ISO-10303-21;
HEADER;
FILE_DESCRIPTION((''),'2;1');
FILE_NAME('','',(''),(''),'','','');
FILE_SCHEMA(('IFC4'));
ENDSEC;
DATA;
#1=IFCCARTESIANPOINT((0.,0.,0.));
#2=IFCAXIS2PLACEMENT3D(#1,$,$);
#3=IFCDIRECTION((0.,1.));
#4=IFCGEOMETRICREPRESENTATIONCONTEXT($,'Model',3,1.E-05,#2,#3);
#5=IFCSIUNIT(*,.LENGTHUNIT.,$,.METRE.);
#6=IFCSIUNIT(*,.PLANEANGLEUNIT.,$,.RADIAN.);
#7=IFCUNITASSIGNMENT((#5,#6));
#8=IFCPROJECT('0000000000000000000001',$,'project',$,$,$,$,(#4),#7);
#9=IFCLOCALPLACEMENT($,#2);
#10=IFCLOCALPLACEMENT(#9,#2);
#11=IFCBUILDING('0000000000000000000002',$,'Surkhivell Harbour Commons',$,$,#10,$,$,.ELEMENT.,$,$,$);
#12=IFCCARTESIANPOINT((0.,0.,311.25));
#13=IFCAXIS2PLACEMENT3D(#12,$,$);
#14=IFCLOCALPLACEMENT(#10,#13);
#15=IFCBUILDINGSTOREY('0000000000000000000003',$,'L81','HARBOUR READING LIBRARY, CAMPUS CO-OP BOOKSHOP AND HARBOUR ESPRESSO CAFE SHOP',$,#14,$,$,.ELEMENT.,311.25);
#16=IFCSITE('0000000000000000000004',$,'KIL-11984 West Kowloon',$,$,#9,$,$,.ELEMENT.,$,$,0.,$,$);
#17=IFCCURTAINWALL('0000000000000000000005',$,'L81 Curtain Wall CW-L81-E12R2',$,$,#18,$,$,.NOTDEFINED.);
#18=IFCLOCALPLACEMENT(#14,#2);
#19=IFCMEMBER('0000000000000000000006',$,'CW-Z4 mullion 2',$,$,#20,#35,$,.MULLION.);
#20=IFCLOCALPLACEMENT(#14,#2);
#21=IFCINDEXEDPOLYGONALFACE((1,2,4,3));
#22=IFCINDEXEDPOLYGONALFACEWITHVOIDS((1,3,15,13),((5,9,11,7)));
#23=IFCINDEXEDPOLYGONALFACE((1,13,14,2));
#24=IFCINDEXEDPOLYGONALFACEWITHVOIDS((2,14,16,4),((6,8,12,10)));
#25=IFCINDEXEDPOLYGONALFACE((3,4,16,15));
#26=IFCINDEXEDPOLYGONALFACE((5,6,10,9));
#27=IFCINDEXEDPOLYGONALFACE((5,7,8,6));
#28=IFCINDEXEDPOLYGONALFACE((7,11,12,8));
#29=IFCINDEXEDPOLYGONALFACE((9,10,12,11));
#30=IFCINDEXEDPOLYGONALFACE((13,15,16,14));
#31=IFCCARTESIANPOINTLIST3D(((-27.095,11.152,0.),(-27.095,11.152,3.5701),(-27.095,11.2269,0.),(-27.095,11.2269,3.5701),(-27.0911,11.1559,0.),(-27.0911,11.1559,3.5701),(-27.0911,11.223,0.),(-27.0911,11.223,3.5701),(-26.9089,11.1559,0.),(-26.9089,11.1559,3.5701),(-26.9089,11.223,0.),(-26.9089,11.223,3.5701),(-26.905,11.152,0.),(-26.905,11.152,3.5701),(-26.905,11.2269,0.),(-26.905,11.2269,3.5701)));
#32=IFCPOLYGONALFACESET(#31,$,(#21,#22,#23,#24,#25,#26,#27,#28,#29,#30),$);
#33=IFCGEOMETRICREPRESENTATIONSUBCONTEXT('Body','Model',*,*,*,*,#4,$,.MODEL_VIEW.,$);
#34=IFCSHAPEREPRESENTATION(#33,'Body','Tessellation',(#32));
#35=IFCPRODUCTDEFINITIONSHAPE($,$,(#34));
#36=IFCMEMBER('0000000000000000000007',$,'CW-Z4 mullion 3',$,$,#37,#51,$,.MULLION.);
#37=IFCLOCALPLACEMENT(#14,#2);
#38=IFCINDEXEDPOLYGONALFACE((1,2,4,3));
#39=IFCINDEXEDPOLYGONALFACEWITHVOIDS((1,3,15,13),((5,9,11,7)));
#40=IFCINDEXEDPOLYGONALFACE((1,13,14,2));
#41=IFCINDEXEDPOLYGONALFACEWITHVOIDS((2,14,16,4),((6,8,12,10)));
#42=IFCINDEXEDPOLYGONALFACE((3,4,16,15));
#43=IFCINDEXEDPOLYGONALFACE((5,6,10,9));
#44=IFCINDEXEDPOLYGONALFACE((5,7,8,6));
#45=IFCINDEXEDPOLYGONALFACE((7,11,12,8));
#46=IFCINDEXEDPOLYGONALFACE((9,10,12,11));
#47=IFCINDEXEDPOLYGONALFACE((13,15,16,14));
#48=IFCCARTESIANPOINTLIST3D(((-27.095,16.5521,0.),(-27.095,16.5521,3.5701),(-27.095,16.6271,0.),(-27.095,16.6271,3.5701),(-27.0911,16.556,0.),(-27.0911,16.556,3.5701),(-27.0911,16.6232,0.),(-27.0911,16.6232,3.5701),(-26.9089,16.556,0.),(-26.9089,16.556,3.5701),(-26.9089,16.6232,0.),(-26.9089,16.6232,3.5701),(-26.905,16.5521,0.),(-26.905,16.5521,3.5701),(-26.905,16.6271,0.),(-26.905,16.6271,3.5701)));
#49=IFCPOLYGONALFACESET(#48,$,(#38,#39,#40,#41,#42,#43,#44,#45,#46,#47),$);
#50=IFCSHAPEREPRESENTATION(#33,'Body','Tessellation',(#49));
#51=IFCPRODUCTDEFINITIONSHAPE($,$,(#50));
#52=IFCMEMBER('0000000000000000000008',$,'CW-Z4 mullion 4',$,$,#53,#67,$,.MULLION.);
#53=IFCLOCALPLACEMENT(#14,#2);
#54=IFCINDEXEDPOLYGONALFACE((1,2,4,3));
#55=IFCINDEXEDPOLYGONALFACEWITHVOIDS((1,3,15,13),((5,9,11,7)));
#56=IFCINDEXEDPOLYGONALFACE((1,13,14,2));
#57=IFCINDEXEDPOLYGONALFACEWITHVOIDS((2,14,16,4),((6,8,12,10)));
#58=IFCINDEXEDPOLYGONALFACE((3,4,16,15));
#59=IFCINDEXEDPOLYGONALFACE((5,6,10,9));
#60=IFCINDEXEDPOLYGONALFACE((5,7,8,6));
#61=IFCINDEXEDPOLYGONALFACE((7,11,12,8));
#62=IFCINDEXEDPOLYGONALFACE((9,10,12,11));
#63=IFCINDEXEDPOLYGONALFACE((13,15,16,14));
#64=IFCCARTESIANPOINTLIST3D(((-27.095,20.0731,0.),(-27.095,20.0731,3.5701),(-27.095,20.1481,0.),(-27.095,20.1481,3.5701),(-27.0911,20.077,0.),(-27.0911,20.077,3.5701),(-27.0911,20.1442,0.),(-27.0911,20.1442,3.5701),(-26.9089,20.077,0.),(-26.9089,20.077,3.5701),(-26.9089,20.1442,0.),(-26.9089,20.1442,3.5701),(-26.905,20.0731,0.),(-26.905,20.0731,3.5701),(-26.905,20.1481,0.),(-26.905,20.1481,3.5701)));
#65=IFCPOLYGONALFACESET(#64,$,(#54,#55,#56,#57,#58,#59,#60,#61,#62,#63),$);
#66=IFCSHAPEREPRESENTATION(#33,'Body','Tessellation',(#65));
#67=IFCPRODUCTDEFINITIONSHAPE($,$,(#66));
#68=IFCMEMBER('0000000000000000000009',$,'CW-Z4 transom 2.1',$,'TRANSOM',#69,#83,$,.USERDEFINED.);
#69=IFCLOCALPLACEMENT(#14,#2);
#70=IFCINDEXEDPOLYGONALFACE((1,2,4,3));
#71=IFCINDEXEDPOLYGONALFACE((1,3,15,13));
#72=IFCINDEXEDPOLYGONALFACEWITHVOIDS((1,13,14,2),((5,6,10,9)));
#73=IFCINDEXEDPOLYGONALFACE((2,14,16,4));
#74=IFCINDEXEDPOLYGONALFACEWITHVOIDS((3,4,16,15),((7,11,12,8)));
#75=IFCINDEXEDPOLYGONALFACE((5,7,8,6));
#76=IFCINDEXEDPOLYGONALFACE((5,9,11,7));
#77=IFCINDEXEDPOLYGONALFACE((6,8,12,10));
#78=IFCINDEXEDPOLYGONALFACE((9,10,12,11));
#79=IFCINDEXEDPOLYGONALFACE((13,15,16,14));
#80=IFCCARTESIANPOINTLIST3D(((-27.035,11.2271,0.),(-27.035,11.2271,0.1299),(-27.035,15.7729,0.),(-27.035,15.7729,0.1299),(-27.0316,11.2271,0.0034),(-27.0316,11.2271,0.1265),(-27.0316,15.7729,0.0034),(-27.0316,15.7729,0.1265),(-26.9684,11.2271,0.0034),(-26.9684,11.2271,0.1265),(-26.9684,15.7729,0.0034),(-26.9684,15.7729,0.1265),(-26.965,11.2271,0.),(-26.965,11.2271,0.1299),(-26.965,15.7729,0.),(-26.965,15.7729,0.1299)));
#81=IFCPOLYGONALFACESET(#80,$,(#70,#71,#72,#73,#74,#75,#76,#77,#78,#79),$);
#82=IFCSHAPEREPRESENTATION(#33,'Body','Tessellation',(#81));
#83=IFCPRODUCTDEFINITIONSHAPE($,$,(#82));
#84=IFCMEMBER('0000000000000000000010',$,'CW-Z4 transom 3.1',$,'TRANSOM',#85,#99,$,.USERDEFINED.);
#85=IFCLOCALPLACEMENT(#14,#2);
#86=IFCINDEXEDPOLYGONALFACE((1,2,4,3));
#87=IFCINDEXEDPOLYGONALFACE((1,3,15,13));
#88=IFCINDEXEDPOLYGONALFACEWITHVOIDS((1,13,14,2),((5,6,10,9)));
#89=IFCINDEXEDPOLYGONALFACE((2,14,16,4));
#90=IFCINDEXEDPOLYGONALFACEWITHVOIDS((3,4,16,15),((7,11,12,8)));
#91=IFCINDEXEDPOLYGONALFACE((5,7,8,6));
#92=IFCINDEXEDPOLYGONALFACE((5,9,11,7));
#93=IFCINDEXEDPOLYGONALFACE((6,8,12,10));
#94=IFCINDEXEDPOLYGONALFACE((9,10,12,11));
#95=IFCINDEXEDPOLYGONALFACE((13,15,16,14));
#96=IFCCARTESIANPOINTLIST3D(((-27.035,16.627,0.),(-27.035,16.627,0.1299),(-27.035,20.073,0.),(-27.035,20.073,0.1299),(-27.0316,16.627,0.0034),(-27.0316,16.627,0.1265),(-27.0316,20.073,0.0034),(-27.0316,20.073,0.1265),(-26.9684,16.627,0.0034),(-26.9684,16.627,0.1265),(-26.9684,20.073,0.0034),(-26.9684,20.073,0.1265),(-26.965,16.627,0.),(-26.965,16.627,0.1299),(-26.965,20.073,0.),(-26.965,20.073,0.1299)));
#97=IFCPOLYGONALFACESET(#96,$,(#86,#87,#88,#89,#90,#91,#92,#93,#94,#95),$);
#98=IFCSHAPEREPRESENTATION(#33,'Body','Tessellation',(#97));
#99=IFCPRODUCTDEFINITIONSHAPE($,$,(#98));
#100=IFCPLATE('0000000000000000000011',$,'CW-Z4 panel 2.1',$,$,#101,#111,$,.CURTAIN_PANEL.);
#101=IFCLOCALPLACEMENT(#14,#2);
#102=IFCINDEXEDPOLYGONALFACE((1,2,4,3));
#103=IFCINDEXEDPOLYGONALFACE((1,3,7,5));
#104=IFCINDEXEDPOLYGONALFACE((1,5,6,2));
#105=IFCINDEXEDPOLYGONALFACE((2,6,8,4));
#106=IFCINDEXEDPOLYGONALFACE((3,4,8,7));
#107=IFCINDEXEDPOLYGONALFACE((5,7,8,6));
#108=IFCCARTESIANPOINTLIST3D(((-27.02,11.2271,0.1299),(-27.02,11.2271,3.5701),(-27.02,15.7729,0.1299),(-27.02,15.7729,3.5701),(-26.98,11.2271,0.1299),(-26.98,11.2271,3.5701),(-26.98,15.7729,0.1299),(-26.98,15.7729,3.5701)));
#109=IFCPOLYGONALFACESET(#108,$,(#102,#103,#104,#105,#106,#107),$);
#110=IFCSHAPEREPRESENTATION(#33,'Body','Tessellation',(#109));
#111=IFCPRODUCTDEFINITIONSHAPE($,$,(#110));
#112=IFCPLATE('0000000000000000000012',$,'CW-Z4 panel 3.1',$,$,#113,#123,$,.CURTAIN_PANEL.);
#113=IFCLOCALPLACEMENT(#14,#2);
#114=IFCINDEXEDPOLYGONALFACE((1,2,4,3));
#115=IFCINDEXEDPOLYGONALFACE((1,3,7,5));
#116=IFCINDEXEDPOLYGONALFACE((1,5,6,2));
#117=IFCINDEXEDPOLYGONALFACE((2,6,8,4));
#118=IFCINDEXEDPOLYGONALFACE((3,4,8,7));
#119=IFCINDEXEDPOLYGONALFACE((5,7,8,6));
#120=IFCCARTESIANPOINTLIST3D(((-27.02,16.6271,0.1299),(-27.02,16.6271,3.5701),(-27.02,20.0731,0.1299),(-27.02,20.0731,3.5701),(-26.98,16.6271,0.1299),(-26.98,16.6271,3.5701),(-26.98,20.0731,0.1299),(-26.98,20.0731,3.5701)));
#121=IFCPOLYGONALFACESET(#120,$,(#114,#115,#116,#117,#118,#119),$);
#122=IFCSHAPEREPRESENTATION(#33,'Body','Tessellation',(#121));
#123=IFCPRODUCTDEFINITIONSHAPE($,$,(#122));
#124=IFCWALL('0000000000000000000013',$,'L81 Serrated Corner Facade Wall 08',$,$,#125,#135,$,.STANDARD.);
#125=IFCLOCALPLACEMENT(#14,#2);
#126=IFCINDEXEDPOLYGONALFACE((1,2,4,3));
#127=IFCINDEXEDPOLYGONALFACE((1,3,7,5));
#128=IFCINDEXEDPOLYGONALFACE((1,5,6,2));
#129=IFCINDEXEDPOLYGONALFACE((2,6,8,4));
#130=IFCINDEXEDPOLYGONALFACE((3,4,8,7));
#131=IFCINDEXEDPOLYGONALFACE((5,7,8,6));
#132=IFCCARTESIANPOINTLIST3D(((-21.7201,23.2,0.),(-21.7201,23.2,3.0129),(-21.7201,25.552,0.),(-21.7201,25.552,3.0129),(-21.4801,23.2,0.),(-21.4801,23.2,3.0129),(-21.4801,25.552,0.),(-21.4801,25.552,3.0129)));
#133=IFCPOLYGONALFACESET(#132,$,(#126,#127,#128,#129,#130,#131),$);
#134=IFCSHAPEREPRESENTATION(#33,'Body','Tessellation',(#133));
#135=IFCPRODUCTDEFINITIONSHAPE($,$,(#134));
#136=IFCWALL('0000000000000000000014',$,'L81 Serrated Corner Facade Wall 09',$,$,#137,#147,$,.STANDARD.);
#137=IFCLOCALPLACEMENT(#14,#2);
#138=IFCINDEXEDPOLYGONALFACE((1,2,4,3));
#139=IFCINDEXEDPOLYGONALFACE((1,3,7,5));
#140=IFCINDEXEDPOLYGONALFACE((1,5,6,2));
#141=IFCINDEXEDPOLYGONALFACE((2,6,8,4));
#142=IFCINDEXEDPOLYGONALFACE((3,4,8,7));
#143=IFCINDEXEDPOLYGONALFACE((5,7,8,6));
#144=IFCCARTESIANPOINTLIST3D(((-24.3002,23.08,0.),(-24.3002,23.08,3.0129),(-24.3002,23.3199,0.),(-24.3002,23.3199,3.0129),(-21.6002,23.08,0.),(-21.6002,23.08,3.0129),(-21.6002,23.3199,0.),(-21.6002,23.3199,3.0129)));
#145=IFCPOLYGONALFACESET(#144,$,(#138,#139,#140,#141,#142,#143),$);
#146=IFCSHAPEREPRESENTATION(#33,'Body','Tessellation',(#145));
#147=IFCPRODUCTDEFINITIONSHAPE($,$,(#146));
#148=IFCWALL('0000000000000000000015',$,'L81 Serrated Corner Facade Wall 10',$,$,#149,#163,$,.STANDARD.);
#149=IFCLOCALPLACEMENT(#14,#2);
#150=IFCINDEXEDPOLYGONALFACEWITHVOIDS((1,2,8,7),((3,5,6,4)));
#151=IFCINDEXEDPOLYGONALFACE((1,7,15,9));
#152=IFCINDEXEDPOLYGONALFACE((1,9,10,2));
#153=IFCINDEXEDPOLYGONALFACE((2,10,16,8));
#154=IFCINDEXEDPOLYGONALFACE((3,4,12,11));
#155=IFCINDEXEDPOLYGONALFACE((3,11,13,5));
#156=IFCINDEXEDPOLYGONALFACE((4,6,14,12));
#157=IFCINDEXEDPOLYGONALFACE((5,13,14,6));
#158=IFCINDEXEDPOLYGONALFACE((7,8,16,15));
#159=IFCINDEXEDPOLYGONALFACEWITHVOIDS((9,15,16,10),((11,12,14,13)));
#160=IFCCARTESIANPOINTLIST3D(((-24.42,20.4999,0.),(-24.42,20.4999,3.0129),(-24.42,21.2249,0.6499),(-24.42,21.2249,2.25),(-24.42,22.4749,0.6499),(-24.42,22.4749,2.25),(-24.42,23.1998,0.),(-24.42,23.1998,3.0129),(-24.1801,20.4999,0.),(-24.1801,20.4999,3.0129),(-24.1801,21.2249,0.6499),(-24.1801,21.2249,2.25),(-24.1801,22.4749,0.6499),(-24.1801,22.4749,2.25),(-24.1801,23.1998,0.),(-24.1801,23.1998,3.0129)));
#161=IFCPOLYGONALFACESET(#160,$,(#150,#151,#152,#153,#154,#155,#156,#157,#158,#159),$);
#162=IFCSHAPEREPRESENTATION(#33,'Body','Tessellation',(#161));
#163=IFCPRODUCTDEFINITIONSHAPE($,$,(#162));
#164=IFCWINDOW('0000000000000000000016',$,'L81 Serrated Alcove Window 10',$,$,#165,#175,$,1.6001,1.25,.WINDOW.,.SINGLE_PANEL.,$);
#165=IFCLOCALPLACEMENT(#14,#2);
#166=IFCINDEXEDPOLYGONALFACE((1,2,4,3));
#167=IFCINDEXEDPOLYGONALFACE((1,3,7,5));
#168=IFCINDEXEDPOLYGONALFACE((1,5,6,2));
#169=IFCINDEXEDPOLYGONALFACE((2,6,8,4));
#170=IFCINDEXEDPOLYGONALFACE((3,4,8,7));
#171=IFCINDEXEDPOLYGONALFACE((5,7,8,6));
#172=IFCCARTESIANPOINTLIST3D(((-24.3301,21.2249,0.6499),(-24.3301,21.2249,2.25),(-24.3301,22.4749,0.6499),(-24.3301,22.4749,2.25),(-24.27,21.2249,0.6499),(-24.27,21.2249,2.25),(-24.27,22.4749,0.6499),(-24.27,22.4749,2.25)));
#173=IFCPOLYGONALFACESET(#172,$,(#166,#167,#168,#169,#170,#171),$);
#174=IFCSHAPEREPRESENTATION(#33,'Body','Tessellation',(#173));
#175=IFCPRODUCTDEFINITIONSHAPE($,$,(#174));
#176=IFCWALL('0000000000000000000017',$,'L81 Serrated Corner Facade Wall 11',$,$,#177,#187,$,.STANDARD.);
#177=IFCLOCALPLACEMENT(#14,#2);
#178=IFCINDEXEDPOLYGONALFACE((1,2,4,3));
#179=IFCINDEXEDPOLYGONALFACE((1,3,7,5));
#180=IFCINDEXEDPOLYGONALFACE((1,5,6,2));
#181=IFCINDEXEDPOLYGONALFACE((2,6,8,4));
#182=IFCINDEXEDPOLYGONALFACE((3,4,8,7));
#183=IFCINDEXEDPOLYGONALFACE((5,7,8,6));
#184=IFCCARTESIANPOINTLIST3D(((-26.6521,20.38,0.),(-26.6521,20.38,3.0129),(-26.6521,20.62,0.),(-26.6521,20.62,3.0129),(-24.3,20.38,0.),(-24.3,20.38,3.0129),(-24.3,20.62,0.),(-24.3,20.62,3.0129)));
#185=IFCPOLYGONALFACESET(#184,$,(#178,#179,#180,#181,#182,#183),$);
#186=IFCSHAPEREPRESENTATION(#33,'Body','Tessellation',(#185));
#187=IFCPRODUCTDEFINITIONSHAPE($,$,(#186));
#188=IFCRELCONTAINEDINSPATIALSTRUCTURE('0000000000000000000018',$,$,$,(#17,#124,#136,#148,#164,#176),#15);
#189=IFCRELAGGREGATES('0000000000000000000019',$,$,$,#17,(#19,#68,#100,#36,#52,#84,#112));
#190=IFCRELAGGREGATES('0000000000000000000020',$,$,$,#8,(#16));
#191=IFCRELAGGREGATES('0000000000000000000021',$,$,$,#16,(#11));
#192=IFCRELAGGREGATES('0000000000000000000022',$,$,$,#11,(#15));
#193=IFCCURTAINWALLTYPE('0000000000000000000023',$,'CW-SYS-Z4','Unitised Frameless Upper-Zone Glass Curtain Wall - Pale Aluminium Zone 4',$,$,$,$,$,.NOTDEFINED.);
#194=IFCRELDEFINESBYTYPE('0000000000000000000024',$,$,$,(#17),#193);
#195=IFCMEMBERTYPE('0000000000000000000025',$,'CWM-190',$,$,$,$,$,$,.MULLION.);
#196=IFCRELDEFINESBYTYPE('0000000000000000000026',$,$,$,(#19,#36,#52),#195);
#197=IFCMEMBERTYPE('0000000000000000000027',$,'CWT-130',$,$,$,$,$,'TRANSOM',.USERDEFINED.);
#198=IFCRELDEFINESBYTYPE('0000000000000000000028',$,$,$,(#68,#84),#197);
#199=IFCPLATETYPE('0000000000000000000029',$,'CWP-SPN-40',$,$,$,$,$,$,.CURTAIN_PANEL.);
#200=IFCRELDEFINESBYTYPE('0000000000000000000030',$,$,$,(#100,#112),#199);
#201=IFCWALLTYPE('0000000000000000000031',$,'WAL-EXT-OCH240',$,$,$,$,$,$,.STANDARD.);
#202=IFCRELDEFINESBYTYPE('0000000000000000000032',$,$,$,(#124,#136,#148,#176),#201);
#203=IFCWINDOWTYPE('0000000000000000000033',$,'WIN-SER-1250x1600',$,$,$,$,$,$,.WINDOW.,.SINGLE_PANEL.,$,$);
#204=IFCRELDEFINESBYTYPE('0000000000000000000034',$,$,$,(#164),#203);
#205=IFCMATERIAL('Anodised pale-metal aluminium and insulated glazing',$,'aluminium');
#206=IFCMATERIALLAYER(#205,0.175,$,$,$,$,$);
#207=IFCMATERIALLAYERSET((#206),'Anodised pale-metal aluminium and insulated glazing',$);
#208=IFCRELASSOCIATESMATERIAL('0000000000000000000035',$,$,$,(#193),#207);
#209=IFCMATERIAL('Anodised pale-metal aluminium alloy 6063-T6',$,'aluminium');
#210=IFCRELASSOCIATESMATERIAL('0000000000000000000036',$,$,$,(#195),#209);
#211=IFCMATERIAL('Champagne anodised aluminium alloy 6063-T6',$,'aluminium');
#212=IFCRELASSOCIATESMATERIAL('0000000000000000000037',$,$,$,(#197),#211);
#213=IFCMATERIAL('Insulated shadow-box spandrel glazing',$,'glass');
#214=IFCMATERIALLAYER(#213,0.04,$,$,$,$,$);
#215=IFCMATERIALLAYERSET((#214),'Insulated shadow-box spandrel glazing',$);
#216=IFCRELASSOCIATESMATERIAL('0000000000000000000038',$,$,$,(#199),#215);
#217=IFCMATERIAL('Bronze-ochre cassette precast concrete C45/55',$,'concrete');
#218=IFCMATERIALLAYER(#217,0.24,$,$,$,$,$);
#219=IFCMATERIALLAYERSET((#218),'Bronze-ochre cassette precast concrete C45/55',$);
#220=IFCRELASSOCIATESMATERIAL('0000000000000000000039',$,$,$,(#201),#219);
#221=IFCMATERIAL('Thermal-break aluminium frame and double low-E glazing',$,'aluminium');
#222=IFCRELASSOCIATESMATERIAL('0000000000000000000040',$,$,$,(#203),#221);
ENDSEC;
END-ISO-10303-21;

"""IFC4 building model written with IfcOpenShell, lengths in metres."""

from ifc_helpers import new_model, si_unit, direction, frame, frame_2d, origin, origin_2d, place, context, subcontext, project, spatial, rectangle, hollow_rectangle, extrude, material, layer, layer_set, material_profile, profile_set, type_object, element, fill, aggregate, save


model = new_model("IFC4")

# Units and contexts
model_context = context("Model", 3, precision=1e-05, world=origin(), true_north=direction((0.0, 1.0)))
body_context = subcontext(model_context, "Body", "Model", "MODEL_VIEW")
ifc_project = project(units=[si_unit("LENGTHUNIT", "METRE"), si_unit("PLANEANGLEUNIT", "RADIAN")], contexts=[model_context])

# Site, building, storey
site_placement = place(None, origin())
site = spatial("IfcSite", under=ifc_project, at=site_placement, Name="KIL-11984 West Kowloon", CompositionType="ELEMENT", RefElevation=0.0)
building_placement = place(site_placement, origin())
building = spatial("IfcBuilding", under=site, at=building_placement, Name="Surkhivell Harbour Commons", CompositionType="ELEMENT")
storey_placement = place(building_placement, frame((0.0, 0.0, 311.25)))
storey = spatial("IfcBuildingStorey", under=building, at=storey_placement, Name="L81", Description="HARBOUR READING LIBRARY, CAMPUS CO-OP BOOKSHOP AND HARBOUR ESPRESSO CAFE SHOP", CompositionType="ELEMENT", Elevation=311.25)

# Shared definitions
ifc_material_1 = material(Name="Anodised pale-metal aluminium and insulated glazing", Category="aluminium")
ifc_layer_1 = layer(ifc_material_1, 0.175)
ifc_layer_set_1 = layer_set([ifc_layer_1], Name="Anodised pale-metal aluminium and insulated glazing")
curtain_wall_type = type_object("IfcCurtainWallType", Name="CW-SYS-Z4", Description="Unitised Frameless Upper-Zone Glass Curtain Wall - Pale Aluminium Zone 4", PredefinedType="NOTDEFINED", material=ifc_layer_set_1)
ifc_material_2 = material(Name="Anodised pale-metal aluminium alloy 6063-T6", Category="aluminium")
ifc_material_profile_1 = material_profile(ifc_material_2, hollow_rectangle(XDim=0.075, YDim=0.1899, WallThickness=0.0039, at=origin_2d()), Name="ALU-MULL-75x190")
ifc_profile_set_1 = profile_set([ifc_material_profile_1], Name="Anodised pale-metal aluminium alloy 6063-T6")
member_type_1 = type_object("IfcMemberType", Name="CWM-190", PredefinedType="MULLION", material=ifc_profile_set_1)

# Curtain wall, members, plates
curtain_wall_1_placement = place(storey_placement, origin())
curtain_wall_1 = element("IfcCurtainWall", 1, at=curtain_wall_1_placement, inside=storey, type_object=curtain_wall_type, Name="L81 Curtain Wall CW-L81-E12R2", PredefinedType="NOTDEFINED")
member_1_placement = place(storey_placement, frame((-27.0, 11.1895, 0.0), z_axis=(0.0, 0.0, 1.0), x_axis=(0.0, 1.0, 0.0)))
member_1 = element("IfcMember", 2, at=member_1_placement, type_object=member_type_1, Name="CW-Z4 mullion 2", PredefinedType="MULLION", context=body_context, shape_type="SweptSolid", body=[
    extrude(hollow_rectangle(XDim=0.075, YDim=0.1899, WallThickness=0.0039, at=origin_2d()), origin(), (0.0, 0.0, 1.0), 3.5701),
])
member_2_placement = place(storey_placement, frame((-27.0, 16.5896, 0.0), z_axis=(0.0, 0.0, 1.0), x_axis=(0.0, 1.0, 0.0)))
member_2 = element("IfcMember", 3, at=member_2_placement, type_object=member_type_1, Name="CW-Z4 mullion 3", PredefinedType="MULLION", context=body_context, shape_type="SweptSolid", body=[
    extrude(hollow_rectangle(XDim=0.075, YDim=0.1899, WallThickness=0.0039, at=origin_2d()), origin(), (0.0, 0.0, 1.0), 3.5701),
])
member_3_placement = place(storey_placement, frame((-27.0, 20.1106, 0.0), z_axis=(0.0, 0.0, 1.0), x_axis=(0.0, 1.0, 0.0)))
member_3 = element("IfcMember", 4, at=member_3_placement, type_object=member_type_1, Name="CW-Z4 mullion 4", PredefinedType="MULLION", context=body_context, shape_type="SweptSolid", body=[
    extrude(hollow_rectangle(XDim=0.075, YDim=0.1899, WallThickness=0.0039, at=origin_2d()), origin(), (0.0, 0.0, 1.0), 3.5701),
])
ifc_material_3 = material(Name="Champagne anodised aluminium alloy 6063-T6", Category="aluminium")
ifc_material_profile_2 = material_profile(ifc_material_3, hollow_rectangle(XDim=0.0701, YDim=0.1299, WallThickness=0.0034, at=origin_2d()), Name="ALU-TRAN-70x130")
ifc_profile_set_2 = profile_set([ifc_material_profile_2], Name="Champagne anodised aluminium alloy 6063-T6")
member_type_2 = type_object("IfcMemberType", Name="CWT-130", ElementType="TRANSOM", PredefinedType="USERDEFINED", material=ifc_profile_set_2)
member_4_placement = place(storey_placement, frame((-27.0, 11.2271, 0.0649), z_axis=(0.0, 1.0, 0.0), x_axis=(-1.0, 0.0, 0.0)))
member_4 = element("IfcMember", 5, at=member_4_placement, type_object=member_type_2, Name="CW-Z4 transom 2.1", ObjectType="TRANSOM", PredefinedType="USERDEFINED", context=body_context, shape_type="SweptSolid", body=[
    extrude(hollow_rectangle(XDim=0.0701, YDim=0.1299, WallThickness=0.0034, at=origin_2d()), origin(), (0.0, 0.0, 1.0), 4.5459),
])
member_5_placement = place(storey_placement, frame((-27.0, 16.627, 0.0649), z_axis=(0.0, 1.0, 0.0), x_axis=(-1.0, 0.0, 0.0)))
member_5 = element("IfcMember", 6, at=member_5_placement, type_object=member_type_2, Name="CW-Z4 transom 3.1", ObjectType="TRANSOM", PredefinedType="USERDEFINED", context=body_context, shape_type="SweptSolid", body=[
    extrude(hollow_rectangle(XDim=0.0701, YDim=0.1299, WallThickness=0.0034, at=origin_2d()), origin(), (0.0, 0.0, 1.0), 3.446),
])
ifc_material_4 = material(Name="Insulated shadow-box spandrel glazing", Category="glass")
ifc_layer_2 = layer(ifc_material_4, 0.04)
ifc_layer_set_2 = layer_set([ifc_layer_2], Name="Insulated shadow-box spandrel glazing")
plate_type = type_object("IfcPlateType", Name="CWP-SPN-40", PredefinedType="CURTAIN_PANEL", material=ifc_layer_set_2)
plate_1_placement = place(storey_placement, frame((-27.0, 11.2271, 0.1299), z_axis=(0.0, 0.0, 1.0), x_axis=(0.0, 1.0, 0.0)))
plate_1 = element("IfcPlate", 7, at=plate_1_placement, type_object=plate_type, Name="CW-Z4 panel 2.1", PredefinedType="CURTAIN_PANEL", context=body_context, shape_type="SweptSolid", body=[
    extrude(rectangle(XDim=4.5459, YDim=0.04, at=frame_2d((2.2729, 0.0))), origin(), (0.0, 0.0, 1.0), 3.4402),
])
plate_2_placement = place(storey_placement, frame((-27.0, 16.627, 0.1299), z_axis=(0.0, 0.0, 1.0), x_axis=(0.0, 1.0, 0.0)))
plate_2 = element("IfcPlate", 8, at=plate_2_placement, type_object=plate_type, Name="CW-Z4 panel 3.1", PredefinedType="CURTAIN_PANEL", context=body_context, shape_type="SweptSolid", body=[
    extrude(rectangle(XDim=3.446, YDim=0.04, at=frame_2d((1.7231, 0.0))), origin(), (0.0, 0.0, 1.0), 3.4402),
])
aggregate(curtain_wall_1, [member_1, member_4, plate_1, member_2, member_3, member_5, plate_2])

# Walls
ifc_material_5 = material(Name="Bronze-ochre cassette precast concrete C45/55", Category="concrete")
ifc_layer_3 = layer(ifc_material_5, 0.24)
ifc_layer_set_3 = layer_set([ifc_layer_3], Name="Bronze-ochre cassette precast concrete C45/55")
wall_type = type_object("IfcWallType", Name="WAL-EXT-OCH240", PredefinedType="STANDARD", material=ifc_layer_set_3)
wall_1_placement = place(storey_placement, frame((-21.6001, 25.552, 0.0), z_axis=(0.0, 0.0, 1.0), x_axis=(0.0, -1.0, 0.0)))
element("IfcWall", 9, at=wall_1_placement, inside=storey, type_object=wall_type, Name="L81 Serrated Corner Facade Wall 08", PredefinedType="STANDARD", context=body_context, shape_type="SweptSolid", body=[
    extrude(rectangle(XDim=2.3521, YDim=0.24, at=frame_2d((1.176, 0.0))), origin(), (0.0, 0.0, 1.0), 3.0129),
])
wall_2_placement = place(storey_placement, frame((-21.6001, 23.2, 0.0), z_axis=(0.0, 0.0, 1.0), x_axis=(-1.0, 0.0, 0.0)))
element("IfcWall", 10, at=wall_2_placement, inside=storey, type_object=wall_type, Name="L81 Serrated Corner Facade Wall 09", PredefinedType="STANDARD", context=body_context, shape_type="SweptSolid", body=[
    extrude(rectangle(XDim=2.7, YDim=0.24, at=frame_2d((1.3501, 0.0))), origin(), (0.0, 0.0, 1.0), 3.0129),
])

# Wall, opening, window
wall_3_placement = place(storey_placement, frame((-24.3, 23.2, 0.0), z_axis=(0.0, 0.0, 1.0), x_axis=(0.0, -1.0, 0.0)))
wall_3 = element("IfcWall", 11, at=wall_3_placement, inside=storey, type_object=wall_type, Name="L81 Serrated Corner Facade Wall 10", PredefinedType="STANDARD", context=body_context, shape_type="SweptSolid", body=[
    extrude(rectangle(XDim=2.7, YDim=0.24, at=frame_2d((1.3501, 0.0))), origin(), (0.0, 0.0, 1.0), 3.0129),
])
opening_placement = place(wall_3_placement, frame((0.7251, 0.0, 0.6499)))
opening = element("IfcOpeningElement", 12, at=opening_placement, cuts=wall_3, PredefinedType="OPENING", context=body_context, shape_type="SweptSolid", body=[
    extrude(rectangle(XDim=1.25, YDim=1.6001, at=frame_2d((0.625, 0.8))), frame((0.0, 0.1299, 0.0), z_axis=(0.0, -1.0, 0.0), x_axis=(1.0, 0.0, 0.0)), (0.0, 0.0, 1.0), 0.26),
])
ifc_material_6 = material(Name="Thermal-break aluminium frame and double low-E glazing", Category="aluminium")
window_type = type_object("IfcWindowType", Name="WIN-SER-1250x1600", PartitioningType="SINGLE_PANEL", PredefinedType="WINDOW", material=ifc_material_6)
window_placement = place(opening_placement, origin())
window = element("IfcWindow", 13, at=window_placement, inside=storey, type_object=window_type, Name="L81 Serrated Alcove Window 10", OverallHeight=1.6001, OverallWidth=1.25, PartitioningType="SINGLE_PANEL", PredefinedType="WINDOW", context=body_context, shape_type="SweptSolid", body=[
    extrude(rectangle(XDim=1.25, YDim=1.6001, at=frame_2d((0.625, 0.8))), frame((0.0, 0.03, 0.0), z_axis=(0.0, -1.0, 0.0), x_axis=(1.0, 0.0, 0.0)), (0.0, 0.0, 1.0), 0.0601),
])
fill(opening, window)

# Wall
wall_4_placement = place(storey_placement, frame((-24.3, 20.5, 0.0), z_axis=(0.0, 0.0, 1.0), x_axis=(-1.0, 0.0, 0.0)))
element("IfcWall", 14, at=wall_4_placement, inside=storey, type_object=wall_type, Name="L81 Serrated Corner Facade Wall 11", PredefinedType="STANDARD", context=body_context, shape_type="SweptSolid", body=[
    extrude(rectangle(XDim=2.3521, YDim=0.24, at=frame_2d((1.176, 0.0))), origin(), (0.0, 0.0, 1.0), 3.0129),
])

save(model, "model.ifc")
